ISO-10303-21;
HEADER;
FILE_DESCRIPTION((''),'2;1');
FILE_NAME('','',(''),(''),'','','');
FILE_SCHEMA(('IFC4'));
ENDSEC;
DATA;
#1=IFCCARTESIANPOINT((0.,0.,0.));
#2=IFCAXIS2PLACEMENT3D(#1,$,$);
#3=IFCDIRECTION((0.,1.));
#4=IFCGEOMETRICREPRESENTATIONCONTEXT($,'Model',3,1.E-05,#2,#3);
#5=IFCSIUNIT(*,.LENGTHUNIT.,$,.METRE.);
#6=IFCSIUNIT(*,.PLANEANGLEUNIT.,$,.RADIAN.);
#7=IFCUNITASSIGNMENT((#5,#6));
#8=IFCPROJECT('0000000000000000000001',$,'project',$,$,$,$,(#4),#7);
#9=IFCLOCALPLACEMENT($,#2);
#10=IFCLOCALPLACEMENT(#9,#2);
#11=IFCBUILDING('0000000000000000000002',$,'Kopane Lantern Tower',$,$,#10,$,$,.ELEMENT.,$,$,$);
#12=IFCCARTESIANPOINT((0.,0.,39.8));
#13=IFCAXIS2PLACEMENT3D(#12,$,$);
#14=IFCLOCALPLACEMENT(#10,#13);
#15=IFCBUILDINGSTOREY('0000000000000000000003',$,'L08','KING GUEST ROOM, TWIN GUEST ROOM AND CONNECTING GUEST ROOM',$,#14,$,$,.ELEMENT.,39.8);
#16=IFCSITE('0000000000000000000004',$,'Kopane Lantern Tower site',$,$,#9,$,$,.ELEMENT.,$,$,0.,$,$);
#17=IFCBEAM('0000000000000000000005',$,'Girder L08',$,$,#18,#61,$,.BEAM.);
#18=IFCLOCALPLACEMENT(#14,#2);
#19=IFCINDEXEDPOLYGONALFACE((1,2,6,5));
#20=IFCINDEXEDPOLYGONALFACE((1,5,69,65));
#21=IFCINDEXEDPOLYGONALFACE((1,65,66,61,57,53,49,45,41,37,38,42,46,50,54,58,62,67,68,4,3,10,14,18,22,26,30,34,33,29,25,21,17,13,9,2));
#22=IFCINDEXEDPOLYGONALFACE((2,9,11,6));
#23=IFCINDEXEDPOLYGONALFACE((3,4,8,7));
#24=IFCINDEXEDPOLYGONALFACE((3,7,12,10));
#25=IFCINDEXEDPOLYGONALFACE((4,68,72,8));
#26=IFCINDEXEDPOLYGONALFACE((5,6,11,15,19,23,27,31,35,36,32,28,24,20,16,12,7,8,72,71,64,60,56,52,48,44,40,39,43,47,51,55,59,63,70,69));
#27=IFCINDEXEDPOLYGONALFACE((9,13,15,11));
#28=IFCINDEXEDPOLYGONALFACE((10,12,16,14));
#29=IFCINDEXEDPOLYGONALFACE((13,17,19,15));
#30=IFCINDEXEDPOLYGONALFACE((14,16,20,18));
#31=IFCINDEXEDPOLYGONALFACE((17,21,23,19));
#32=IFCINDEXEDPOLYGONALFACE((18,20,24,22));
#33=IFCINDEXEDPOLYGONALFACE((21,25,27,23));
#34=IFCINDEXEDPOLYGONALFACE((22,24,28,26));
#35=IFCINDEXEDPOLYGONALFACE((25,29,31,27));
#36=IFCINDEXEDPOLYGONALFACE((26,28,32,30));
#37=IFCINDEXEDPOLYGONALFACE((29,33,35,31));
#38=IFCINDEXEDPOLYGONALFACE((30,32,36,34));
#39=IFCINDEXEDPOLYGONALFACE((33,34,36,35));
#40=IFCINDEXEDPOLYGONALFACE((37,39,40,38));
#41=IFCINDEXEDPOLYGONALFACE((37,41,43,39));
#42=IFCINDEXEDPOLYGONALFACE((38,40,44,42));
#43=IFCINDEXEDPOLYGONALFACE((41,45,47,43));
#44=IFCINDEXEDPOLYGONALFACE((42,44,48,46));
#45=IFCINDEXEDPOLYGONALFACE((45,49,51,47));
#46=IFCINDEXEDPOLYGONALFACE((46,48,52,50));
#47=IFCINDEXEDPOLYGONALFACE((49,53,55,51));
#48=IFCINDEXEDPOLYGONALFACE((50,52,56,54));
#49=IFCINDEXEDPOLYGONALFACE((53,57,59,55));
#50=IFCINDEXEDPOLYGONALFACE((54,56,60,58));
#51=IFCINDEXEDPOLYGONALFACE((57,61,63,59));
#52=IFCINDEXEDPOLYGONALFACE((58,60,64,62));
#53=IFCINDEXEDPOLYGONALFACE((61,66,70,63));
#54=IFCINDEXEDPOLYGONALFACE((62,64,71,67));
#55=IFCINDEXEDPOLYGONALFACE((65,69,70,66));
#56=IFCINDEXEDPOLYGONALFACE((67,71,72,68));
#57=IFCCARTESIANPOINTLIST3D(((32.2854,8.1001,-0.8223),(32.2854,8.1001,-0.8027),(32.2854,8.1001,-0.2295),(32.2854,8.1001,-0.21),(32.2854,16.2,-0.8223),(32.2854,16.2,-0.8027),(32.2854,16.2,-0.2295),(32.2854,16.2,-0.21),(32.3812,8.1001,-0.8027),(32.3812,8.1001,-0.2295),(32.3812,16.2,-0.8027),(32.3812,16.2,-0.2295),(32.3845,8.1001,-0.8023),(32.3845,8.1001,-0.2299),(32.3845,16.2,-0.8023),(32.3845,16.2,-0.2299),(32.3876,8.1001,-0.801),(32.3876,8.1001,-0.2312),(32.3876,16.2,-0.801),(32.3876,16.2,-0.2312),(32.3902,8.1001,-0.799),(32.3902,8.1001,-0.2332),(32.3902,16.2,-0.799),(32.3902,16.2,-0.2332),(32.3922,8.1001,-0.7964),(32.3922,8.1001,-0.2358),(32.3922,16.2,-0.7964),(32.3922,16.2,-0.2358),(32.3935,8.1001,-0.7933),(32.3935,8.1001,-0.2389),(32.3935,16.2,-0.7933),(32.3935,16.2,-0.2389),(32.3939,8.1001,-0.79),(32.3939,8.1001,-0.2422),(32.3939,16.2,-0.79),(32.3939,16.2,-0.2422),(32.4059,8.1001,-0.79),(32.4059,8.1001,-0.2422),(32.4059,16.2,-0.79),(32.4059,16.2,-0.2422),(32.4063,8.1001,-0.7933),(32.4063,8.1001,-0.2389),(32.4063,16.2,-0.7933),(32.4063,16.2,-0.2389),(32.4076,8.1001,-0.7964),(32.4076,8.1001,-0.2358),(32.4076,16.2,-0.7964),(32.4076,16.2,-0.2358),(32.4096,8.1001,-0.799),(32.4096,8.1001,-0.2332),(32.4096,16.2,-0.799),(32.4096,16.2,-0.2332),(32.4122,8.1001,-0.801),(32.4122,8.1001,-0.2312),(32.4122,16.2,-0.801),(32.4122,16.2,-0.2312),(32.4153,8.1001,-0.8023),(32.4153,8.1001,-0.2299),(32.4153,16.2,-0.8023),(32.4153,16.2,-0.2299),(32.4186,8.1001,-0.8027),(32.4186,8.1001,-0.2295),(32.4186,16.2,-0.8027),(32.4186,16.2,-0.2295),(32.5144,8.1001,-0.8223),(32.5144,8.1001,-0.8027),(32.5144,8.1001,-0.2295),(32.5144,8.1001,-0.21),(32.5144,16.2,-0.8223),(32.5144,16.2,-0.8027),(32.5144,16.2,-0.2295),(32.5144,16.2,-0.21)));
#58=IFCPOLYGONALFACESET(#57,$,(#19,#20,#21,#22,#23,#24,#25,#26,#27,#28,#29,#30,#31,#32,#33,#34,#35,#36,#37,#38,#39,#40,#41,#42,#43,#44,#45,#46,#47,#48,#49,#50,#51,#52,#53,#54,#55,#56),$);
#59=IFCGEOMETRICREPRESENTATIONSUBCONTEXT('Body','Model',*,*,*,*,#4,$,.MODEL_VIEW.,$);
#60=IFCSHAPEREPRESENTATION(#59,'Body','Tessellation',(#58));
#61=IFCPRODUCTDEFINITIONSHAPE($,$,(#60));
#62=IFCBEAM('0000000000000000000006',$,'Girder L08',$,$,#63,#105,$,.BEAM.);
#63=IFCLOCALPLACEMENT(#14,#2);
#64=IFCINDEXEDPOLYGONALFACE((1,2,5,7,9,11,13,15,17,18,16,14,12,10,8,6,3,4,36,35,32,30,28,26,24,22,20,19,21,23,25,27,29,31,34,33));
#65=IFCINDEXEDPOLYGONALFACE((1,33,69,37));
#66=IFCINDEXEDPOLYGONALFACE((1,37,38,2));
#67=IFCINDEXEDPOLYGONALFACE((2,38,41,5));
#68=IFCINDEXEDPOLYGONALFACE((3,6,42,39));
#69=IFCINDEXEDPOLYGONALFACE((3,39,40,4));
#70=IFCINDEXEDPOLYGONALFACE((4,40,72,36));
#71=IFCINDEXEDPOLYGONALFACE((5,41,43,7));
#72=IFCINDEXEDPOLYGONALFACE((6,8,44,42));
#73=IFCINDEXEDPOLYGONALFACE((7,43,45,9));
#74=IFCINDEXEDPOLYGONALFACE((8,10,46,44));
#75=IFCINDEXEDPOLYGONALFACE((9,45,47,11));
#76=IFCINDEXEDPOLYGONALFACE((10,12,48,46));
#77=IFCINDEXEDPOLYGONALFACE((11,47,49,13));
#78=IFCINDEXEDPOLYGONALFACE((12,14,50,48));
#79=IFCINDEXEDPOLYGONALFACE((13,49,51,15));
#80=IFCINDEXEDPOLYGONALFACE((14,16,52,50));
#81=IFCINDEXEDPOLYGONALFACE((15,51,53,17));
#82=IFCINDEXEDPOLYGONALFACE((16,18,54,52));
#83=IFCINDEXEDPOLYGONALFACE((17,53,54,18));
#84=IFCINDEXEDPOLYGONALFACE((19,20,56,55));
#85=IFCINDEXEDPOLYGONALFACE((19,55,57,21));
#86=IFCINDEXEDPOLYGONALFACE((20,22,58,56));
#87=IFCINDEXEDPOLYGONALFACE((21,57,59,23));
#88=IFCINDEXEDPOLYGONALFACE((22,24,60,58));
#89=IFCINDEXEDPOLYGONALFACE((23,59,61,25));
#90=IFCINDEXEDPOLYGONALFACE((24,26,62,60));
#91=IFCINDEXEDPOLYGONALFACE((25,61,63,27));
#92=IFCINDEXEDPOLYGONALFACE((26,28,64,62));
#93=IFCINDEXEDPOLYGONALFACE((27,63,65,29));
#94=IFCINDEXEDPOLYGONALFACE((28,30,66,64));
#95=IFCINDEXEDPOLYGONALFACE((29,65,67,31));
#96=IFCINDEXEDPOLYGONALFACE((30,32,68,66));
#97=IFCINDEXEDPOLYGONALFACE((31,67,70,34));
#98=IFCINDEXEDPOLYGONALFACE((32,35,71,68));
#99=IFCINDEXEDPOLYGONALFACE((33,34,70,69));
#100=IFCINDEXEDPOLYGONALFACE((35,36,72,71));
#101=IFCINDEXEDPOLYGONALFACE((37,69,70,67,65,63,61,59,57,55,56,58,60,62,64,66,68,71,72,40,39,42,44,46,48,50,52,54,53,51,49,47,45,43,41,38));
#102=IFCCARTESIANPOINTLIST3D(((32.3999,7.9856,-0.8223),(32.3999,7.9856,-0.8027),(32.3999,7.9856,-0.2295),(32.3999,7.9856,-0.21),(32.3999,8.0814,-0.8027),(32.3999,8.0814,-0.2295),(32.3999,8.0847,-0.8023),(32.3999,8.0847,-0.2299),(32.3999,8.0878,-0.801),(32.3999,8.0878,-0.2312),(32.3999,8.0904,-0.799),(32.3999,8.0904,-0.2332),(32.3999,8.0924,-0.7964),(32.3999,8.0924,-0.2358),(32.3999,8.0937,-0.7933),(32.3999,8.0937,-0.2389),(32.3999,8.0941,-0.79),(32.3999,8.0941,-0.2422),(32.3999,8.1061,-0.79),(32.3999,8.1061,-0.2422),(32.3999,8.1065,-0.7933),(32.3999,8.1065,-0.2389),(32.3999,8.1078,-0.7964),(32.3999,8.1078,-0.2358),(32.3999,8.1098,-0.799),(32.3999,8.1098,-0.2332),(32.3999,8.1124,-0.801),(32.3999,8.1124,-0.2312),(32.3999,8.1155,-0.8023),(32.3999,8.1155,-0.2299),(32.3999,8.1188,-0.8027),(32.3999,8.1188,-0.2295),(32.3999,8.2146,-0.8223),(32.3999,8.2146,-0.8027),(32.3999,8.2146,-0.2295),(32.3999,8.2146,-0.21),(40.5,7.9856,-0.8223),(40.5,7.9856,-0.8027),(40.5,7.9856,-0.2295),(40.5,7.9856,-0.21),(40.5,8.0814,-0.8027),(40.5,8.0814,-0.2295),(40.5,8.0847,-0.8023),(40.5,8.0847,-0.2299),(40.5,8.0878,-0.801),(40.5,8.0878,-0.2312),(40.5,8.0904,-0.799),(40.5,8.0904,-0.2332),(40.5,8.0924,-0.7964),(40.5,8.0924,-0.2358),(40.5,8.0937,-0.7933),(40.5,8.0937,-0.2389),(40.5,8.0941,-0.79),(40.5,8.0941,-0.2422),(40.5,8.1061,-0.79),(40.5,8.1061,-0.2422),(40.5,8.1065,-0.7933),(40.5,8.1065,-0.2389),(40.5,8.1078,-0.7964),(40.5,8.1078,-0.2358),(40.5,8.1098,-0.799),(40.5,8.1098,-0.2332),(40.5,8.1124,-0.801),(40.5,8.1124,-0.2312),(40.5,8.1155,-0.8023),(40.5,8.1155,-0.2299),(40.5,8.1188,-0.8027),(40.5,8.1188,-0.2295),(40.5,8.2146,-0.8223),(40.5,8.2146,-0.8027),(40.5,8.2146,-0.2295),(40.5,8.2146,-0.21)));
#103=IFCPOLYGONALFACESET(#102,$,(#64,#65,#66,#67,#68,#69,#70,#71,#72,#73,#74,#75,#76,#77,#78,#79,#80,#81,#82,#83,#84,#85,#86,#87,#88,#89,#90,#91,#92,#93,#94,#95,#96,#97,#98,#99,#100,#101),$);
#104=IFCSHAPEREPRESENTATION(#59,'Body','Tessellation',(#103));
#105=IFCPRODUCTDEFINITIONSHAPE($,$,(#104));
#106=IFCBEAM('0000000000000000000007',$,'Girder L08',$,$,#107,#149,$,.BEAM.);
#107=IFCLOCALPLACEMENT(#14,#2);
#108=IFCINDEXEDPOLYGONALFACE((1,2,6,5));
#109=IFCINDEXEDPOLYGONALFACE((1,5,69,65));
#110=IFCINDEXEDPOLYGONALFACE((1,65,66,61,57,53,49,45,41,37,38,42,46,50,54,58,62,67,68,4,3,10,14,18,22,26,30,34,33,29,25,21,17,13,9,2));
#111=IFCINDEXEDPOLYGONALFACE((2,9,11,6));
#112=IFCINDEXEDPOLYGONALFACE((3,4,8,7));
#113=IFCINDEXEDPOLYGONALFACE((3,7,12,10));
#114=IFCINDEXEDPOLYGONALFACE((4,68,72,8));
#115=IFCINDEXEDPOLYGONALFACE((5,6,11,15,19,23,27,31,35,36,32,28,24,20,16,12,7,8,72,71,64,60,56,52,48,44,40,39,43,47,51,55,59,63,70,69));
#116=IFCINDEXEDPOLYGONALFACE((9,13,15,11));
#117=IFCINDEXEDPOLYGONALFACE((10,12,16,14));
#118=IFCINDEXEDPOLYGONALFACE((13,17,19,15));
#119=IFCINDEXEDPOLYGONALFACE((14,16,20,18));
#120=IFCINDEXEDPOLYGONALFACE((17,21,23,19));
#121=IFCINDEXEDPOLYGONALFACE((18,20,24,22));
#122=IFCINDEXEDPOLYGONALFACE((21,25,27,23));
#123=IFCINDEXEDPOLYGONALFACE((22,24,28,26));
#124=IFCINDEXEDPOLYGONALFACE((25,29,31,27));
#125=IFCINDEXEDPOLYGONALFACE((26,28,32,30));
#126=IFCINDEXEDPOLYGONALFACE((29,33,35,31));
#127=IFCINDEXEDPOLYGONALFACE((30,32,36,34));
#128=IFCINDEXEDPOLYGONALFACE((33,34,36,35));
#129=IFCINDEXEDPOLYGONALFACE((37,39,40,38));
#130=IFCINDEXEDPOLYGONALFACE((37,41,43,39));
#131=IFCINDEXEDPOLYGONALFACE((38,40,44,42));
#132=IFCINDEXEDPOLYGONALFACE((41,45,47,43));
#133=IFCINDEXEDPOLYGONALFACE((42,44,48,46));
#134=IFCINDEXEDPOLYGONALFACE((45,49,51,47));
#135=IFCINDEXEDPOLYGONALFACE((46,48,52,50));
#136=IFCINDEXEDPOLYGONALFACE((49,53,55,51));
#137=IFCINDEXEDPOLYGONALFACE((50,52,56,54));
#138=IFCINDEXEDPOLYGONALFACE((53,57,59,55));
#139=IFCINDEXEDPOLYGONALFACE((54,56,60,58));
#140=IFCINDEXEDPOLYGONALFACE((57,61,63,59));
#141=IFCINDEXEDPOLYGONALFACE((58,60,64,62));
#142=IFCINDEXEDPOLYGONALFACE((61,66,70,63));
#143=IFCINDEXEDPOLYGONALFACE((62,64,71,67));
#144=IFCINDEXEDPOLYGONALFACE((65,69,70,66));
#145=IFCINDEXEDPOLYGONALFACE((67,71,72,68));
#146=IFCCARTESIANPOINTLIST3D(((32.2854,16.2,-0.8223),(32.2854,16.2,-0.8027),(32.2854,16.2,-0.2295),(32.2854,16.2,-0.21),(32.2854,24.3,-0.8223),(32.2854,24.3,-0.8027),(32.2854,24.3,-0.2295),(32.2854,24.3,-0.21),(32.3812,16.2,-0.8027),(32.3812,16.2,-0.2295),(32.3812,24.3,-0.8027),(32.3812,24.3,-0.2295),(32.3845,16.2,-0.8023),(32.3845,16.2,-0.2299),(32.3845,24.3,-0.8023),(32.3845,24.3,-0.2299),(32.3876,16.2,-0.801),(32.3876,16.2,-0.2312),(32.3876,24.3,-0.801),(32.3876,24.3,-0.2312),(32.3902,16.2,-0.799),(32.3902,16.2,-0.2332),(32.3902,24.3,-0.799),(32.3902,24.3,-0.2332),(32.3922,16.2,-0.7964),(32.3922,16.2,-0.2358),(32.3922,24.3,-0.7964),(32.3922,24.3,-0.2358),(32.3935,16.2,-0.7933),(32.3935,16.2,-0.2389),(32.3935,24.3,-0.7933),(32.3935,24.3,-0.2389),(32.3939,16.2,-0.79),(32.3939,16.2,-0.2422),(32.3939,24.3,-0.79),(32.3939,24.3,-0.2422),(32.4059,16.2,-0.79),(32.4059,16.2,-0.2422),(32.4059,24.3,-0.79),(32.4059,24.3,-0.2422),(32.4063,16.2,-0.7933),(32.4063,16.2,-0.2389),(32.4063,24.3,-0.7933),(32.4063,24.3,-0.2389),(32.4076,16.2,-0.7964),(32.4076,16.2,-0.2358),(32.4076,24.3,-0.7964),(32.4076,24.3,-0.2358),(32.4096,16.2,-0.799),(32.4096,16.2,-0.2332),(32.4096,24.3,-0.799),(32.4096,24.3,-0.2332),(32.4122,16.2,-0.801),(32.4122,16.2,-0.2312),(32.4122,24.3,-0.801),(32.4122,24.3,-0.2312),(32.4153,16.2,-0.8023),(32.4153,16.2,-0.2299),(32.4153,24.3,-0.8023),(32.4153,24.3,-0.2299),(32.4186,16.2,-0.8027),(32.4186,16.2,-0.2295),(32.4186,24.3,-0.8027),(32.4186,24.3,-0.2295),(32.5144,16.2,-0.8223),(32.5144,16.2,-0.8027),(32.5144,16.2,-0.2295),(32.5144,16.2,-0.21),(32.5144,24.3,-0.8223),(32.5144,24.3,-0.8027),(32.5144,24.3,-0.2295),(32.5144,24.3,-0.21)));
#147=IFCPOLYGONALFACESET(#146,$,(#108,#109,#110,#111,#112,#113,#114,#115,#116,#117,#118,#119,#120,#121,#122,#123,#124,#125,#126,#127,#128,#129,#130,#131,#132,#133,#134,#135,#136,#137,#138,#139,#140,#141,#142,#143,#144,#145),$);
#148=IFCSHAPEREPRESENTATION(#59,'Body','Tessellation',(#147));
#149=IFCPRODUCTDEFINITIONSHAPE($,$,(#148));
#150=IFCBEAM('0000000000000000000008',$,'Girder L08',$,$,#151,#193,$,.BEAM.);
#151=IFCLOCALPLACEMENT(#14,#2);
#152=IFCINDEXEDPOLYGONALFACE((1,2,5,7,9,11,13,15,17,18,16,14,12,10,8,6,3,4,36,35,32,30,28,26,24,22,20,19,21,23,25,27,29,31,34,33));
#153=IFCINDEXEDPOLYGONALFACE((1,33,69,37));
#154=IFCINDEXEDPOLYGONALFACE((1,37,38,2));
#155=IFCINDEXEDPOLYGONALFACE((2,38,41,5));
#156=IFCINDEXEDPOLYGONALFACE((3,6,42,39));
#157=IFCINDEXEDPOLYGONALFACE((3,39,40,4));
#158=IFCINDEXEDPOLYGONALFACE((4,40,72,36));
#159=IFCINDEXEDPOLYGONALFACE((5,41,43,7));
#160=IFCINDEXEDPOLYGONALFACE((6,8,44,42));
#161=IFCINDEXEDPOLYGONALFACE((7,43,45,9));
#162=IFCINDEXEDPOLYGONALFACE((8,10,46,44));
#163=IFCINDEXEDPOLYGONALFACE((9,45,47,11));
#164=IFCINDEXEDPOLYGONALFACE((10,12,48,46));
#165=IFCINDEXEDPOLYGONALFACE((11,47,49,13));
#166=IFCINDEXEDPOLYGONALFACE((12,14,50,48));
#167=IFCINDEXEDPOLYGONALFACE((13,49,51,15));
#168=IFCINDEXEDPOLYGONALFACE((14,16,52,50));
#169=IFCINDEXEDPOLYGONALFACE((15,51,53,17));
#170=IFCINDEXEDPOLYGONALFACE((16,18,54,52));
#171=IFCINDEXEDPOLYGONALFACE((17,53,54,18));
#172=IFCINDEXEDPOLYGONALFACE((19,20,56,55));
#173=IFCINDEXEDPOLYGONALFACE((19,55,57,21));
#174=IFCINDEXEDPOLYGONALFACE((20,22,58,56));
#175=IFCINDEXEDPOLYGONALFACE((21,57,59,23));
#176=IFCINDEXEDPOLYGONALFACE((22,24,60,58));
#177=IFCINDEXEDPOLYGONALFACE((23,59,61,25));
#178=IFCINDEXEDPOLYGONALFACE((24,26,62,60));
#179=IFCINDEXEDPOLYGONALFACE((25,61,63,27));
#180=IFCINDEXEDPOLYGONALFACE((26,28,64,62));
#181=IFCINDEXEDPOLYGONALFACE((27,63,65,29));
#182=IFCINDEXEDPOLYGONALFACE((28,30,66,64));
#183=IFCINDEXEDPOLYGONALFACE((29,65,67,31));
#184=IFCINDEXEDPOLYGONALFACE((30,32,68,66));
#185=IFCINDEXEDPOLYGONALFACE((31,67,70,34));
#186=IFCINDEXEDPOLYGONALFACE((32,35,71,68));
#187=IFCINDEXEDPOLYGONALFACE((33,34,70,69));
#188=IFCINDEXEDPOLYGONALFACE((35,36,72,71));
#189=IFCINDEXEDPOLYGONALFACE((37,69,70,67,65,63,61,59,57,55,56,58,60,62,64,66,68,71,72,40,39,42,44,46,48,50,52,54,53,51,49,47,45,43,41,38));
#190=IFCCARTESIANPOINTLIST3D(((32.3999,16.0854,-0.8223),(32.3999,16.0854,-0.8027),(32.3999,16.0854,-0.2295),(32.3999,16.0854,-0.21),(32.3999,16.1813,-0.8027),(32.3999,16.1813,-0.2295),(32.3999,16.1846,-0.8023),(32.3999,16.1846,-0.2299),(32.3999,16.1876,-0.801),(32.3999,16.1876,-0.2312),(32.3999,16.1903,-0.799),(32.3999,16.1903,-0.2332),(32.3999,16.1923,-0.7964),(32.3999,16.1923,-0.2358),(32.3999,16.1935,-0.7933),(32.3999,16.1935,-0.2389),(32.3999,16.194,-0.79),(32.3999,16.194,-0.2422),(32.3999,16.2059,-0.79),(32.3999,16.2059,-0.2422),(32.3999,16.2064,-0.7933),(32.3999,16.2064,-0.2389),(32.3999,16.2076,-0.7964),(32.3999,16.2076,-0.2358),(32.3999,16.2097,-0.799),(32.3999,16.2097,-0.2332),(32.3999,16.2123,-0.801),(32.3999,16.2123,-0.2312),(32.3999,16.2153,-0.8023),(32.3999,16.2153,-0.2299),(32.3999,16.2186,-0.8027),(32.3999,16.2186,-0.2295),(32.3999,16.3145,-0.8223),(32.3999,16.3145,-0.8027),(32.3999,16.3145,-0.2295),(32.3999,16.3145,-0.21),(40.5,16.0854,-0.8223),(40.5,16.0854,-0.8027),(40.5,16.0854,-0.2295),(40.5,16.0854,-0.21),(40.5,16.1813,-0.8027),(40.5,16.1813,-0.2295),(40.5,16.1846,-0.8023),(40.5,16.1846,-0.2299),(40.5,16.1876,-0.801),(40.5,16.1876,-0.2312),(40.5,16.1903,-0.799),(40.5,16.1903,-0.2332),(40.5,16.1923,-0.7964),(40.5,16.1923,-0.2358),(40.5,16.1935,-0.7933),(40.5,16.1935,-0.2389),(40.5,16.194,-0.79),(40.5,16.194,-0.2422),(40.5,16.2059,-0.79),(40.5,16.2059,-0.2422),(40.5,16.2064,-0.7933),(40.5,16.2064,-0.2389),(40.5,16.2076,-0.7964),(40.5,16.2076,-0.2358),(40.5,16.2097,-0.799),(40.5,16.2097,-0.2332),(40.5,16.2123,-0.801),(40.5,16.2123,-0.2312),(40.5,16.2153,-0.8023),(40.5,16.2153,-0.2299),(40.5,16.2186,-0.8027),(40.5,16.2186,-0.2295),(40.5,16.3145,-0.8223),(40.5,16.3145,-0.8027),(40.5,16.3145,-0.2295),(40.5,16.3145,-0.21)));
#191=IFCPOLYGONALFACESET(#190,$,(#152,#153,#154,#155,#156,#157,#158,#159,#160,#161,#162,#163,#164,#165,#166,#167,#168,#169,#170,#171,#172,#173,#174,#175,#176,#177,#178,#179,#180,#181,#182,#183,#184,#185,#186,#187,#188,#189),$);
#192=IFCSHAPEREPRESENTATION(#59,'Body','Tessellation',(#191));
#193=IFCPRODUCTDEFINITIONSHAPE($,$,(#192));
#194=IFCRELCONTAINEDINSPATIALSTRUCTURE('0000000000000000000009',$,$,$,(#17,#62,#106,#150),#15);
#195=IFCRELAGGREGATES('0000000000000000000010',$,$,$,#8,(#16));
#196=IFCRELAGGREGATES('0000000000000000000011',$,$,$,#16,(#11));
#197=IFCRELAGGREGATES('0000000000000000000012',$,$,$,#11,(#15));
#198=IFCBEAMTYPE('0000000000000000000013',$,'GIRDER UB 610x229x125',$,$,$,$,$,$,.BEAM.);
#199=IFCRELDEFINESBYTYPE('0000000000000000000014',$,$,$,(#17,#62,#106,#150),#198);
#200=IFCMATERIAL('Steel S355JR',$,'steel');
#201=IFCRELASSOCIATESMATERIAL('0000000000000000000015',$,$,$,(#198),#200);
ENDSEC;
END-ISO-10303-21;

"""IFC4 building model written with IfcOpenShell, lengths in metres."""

from ifc_helpers import new_model, si_unit, direction, frame, origin, origin_2d, place, context, subcontext, project, spatial, i_section, extrude, material, material_profile, profile_set, type_object, element, save


model = new_model("IFC4")

# Units and contexts
model_context = context("Model", 3, precision=1e-05, world=origin(), true_north=direction((0.0, 1.0)))
body_context = subcontext(model_context, "Body", "Model", "MODEL_VIEW")
ifc_project = project(units=[si_unit("LENGTHUNIT", "METRE"), si_unit("PLANEANGLEUNIT", "RADIAN")], contexts=[model_context])

# Site, building, storey
site_placement = place(None, origin())
site = spatial("IfcSite", under=ifc_project, at=site_placement, Name="Kopane Lantern Tower site", CompositionType="ELEMENT", RefElevation=0.0)
building_placement = place(site_placement, origin())
building = spatial("IfcBuilding", under=site, at=building_placement, Name="Kopane Lantern Tower", CompositionType="ELEMENT")
storey_placement = place(building_placement, frame((0.0, 0.0, 39.8)))
storey = spatial("IfcBuildingStorey", under=building, at=storey_placement, Name="L08", Description="KING GUEST ROOM, TWIN GUEST ROOM AND CONNECTING GUEST ROOM", CompositionType="ELEMENT", Elevation=39.8)

# Beams
ifc_material_1 = material(Name="Steel S355JR", Category="steel")
ifc_material_profile_1 = material_profile(ifc_material_1, i_section(OverallWidth=0.229, OverallDepth=0.6123, WebThickness=0.012, FlangeThickness=0.0195, FilletRadius=0.0127, at=origin_2d()), Name="UB 610x229x125")
ifc_profile_set_1 = profile_set([ifc_material_profile_1], Name="Steel S355JR")
beam_type = type_object("IfcBeamType", Name="GIRDER UB 610x229x125", PredefinedType="BEAM", material=ifc_profile_set_1)
beam_1_placement = place(storey_placement, frame((32.3999, 8.1001, -0.5161), z_axis=(0.0, 1.0, 0.0), x_axis=(-1.0, 0.0, 0.0)))
element("IfcBeam", 1, at=beam_1_placement, inside=storey, type_object=beam_type, Name="Girder L08", PredefinedType="BEAM", context=body_context, shape_type="SweptSolid", body=[
    extrude(i_section(OverallWidth=0.229, OverallDepth=0.6123, WebThickness=0.012, FlangeThickness=0.0195, FilletRadius=0.0127, at=origin_2d()), origin(), (0.0, 0.0, 1.0), 8.0999),
])
for number, where, z_axis, x_axis, name in (
    (2, (32.3999, 8.1001, -0.5161), (1.0, 0.0, 0.0), (0.0, 1.0, 0.0), "Girder L08"),
    (3, (32.3999, 16.2, -0.5161), (0.0, 1.0, 0.0), (-1.0, 0.0, 0.0), "Girder L08"),
    (4, (32.3999, 16.2, -0.5161), (1.0, 0.0, 0.0), (0.0, 1.0, 0.0), "Girder L08"),
):
    element("IfcBeam", number, at=place(storey_placement, frame(where, z_axis=z_axis, x_axis=x_axis)), inside=storey, type_object=beam_type, Name=name, PredefinedType="BEAM", context=body_context, shape_type="SweptSolid", body=[
        extrude(i_section(OverallWidth=0.229, OverallDepth=0.6123, WebThickness=0.012, FlangeThickness=0.0195, FilletRadius=0.0127, at=origin_2d()), origin(), (0.0, 0.0, 1.0), 8.1001),
    ])

save(model, "model.ifc")
